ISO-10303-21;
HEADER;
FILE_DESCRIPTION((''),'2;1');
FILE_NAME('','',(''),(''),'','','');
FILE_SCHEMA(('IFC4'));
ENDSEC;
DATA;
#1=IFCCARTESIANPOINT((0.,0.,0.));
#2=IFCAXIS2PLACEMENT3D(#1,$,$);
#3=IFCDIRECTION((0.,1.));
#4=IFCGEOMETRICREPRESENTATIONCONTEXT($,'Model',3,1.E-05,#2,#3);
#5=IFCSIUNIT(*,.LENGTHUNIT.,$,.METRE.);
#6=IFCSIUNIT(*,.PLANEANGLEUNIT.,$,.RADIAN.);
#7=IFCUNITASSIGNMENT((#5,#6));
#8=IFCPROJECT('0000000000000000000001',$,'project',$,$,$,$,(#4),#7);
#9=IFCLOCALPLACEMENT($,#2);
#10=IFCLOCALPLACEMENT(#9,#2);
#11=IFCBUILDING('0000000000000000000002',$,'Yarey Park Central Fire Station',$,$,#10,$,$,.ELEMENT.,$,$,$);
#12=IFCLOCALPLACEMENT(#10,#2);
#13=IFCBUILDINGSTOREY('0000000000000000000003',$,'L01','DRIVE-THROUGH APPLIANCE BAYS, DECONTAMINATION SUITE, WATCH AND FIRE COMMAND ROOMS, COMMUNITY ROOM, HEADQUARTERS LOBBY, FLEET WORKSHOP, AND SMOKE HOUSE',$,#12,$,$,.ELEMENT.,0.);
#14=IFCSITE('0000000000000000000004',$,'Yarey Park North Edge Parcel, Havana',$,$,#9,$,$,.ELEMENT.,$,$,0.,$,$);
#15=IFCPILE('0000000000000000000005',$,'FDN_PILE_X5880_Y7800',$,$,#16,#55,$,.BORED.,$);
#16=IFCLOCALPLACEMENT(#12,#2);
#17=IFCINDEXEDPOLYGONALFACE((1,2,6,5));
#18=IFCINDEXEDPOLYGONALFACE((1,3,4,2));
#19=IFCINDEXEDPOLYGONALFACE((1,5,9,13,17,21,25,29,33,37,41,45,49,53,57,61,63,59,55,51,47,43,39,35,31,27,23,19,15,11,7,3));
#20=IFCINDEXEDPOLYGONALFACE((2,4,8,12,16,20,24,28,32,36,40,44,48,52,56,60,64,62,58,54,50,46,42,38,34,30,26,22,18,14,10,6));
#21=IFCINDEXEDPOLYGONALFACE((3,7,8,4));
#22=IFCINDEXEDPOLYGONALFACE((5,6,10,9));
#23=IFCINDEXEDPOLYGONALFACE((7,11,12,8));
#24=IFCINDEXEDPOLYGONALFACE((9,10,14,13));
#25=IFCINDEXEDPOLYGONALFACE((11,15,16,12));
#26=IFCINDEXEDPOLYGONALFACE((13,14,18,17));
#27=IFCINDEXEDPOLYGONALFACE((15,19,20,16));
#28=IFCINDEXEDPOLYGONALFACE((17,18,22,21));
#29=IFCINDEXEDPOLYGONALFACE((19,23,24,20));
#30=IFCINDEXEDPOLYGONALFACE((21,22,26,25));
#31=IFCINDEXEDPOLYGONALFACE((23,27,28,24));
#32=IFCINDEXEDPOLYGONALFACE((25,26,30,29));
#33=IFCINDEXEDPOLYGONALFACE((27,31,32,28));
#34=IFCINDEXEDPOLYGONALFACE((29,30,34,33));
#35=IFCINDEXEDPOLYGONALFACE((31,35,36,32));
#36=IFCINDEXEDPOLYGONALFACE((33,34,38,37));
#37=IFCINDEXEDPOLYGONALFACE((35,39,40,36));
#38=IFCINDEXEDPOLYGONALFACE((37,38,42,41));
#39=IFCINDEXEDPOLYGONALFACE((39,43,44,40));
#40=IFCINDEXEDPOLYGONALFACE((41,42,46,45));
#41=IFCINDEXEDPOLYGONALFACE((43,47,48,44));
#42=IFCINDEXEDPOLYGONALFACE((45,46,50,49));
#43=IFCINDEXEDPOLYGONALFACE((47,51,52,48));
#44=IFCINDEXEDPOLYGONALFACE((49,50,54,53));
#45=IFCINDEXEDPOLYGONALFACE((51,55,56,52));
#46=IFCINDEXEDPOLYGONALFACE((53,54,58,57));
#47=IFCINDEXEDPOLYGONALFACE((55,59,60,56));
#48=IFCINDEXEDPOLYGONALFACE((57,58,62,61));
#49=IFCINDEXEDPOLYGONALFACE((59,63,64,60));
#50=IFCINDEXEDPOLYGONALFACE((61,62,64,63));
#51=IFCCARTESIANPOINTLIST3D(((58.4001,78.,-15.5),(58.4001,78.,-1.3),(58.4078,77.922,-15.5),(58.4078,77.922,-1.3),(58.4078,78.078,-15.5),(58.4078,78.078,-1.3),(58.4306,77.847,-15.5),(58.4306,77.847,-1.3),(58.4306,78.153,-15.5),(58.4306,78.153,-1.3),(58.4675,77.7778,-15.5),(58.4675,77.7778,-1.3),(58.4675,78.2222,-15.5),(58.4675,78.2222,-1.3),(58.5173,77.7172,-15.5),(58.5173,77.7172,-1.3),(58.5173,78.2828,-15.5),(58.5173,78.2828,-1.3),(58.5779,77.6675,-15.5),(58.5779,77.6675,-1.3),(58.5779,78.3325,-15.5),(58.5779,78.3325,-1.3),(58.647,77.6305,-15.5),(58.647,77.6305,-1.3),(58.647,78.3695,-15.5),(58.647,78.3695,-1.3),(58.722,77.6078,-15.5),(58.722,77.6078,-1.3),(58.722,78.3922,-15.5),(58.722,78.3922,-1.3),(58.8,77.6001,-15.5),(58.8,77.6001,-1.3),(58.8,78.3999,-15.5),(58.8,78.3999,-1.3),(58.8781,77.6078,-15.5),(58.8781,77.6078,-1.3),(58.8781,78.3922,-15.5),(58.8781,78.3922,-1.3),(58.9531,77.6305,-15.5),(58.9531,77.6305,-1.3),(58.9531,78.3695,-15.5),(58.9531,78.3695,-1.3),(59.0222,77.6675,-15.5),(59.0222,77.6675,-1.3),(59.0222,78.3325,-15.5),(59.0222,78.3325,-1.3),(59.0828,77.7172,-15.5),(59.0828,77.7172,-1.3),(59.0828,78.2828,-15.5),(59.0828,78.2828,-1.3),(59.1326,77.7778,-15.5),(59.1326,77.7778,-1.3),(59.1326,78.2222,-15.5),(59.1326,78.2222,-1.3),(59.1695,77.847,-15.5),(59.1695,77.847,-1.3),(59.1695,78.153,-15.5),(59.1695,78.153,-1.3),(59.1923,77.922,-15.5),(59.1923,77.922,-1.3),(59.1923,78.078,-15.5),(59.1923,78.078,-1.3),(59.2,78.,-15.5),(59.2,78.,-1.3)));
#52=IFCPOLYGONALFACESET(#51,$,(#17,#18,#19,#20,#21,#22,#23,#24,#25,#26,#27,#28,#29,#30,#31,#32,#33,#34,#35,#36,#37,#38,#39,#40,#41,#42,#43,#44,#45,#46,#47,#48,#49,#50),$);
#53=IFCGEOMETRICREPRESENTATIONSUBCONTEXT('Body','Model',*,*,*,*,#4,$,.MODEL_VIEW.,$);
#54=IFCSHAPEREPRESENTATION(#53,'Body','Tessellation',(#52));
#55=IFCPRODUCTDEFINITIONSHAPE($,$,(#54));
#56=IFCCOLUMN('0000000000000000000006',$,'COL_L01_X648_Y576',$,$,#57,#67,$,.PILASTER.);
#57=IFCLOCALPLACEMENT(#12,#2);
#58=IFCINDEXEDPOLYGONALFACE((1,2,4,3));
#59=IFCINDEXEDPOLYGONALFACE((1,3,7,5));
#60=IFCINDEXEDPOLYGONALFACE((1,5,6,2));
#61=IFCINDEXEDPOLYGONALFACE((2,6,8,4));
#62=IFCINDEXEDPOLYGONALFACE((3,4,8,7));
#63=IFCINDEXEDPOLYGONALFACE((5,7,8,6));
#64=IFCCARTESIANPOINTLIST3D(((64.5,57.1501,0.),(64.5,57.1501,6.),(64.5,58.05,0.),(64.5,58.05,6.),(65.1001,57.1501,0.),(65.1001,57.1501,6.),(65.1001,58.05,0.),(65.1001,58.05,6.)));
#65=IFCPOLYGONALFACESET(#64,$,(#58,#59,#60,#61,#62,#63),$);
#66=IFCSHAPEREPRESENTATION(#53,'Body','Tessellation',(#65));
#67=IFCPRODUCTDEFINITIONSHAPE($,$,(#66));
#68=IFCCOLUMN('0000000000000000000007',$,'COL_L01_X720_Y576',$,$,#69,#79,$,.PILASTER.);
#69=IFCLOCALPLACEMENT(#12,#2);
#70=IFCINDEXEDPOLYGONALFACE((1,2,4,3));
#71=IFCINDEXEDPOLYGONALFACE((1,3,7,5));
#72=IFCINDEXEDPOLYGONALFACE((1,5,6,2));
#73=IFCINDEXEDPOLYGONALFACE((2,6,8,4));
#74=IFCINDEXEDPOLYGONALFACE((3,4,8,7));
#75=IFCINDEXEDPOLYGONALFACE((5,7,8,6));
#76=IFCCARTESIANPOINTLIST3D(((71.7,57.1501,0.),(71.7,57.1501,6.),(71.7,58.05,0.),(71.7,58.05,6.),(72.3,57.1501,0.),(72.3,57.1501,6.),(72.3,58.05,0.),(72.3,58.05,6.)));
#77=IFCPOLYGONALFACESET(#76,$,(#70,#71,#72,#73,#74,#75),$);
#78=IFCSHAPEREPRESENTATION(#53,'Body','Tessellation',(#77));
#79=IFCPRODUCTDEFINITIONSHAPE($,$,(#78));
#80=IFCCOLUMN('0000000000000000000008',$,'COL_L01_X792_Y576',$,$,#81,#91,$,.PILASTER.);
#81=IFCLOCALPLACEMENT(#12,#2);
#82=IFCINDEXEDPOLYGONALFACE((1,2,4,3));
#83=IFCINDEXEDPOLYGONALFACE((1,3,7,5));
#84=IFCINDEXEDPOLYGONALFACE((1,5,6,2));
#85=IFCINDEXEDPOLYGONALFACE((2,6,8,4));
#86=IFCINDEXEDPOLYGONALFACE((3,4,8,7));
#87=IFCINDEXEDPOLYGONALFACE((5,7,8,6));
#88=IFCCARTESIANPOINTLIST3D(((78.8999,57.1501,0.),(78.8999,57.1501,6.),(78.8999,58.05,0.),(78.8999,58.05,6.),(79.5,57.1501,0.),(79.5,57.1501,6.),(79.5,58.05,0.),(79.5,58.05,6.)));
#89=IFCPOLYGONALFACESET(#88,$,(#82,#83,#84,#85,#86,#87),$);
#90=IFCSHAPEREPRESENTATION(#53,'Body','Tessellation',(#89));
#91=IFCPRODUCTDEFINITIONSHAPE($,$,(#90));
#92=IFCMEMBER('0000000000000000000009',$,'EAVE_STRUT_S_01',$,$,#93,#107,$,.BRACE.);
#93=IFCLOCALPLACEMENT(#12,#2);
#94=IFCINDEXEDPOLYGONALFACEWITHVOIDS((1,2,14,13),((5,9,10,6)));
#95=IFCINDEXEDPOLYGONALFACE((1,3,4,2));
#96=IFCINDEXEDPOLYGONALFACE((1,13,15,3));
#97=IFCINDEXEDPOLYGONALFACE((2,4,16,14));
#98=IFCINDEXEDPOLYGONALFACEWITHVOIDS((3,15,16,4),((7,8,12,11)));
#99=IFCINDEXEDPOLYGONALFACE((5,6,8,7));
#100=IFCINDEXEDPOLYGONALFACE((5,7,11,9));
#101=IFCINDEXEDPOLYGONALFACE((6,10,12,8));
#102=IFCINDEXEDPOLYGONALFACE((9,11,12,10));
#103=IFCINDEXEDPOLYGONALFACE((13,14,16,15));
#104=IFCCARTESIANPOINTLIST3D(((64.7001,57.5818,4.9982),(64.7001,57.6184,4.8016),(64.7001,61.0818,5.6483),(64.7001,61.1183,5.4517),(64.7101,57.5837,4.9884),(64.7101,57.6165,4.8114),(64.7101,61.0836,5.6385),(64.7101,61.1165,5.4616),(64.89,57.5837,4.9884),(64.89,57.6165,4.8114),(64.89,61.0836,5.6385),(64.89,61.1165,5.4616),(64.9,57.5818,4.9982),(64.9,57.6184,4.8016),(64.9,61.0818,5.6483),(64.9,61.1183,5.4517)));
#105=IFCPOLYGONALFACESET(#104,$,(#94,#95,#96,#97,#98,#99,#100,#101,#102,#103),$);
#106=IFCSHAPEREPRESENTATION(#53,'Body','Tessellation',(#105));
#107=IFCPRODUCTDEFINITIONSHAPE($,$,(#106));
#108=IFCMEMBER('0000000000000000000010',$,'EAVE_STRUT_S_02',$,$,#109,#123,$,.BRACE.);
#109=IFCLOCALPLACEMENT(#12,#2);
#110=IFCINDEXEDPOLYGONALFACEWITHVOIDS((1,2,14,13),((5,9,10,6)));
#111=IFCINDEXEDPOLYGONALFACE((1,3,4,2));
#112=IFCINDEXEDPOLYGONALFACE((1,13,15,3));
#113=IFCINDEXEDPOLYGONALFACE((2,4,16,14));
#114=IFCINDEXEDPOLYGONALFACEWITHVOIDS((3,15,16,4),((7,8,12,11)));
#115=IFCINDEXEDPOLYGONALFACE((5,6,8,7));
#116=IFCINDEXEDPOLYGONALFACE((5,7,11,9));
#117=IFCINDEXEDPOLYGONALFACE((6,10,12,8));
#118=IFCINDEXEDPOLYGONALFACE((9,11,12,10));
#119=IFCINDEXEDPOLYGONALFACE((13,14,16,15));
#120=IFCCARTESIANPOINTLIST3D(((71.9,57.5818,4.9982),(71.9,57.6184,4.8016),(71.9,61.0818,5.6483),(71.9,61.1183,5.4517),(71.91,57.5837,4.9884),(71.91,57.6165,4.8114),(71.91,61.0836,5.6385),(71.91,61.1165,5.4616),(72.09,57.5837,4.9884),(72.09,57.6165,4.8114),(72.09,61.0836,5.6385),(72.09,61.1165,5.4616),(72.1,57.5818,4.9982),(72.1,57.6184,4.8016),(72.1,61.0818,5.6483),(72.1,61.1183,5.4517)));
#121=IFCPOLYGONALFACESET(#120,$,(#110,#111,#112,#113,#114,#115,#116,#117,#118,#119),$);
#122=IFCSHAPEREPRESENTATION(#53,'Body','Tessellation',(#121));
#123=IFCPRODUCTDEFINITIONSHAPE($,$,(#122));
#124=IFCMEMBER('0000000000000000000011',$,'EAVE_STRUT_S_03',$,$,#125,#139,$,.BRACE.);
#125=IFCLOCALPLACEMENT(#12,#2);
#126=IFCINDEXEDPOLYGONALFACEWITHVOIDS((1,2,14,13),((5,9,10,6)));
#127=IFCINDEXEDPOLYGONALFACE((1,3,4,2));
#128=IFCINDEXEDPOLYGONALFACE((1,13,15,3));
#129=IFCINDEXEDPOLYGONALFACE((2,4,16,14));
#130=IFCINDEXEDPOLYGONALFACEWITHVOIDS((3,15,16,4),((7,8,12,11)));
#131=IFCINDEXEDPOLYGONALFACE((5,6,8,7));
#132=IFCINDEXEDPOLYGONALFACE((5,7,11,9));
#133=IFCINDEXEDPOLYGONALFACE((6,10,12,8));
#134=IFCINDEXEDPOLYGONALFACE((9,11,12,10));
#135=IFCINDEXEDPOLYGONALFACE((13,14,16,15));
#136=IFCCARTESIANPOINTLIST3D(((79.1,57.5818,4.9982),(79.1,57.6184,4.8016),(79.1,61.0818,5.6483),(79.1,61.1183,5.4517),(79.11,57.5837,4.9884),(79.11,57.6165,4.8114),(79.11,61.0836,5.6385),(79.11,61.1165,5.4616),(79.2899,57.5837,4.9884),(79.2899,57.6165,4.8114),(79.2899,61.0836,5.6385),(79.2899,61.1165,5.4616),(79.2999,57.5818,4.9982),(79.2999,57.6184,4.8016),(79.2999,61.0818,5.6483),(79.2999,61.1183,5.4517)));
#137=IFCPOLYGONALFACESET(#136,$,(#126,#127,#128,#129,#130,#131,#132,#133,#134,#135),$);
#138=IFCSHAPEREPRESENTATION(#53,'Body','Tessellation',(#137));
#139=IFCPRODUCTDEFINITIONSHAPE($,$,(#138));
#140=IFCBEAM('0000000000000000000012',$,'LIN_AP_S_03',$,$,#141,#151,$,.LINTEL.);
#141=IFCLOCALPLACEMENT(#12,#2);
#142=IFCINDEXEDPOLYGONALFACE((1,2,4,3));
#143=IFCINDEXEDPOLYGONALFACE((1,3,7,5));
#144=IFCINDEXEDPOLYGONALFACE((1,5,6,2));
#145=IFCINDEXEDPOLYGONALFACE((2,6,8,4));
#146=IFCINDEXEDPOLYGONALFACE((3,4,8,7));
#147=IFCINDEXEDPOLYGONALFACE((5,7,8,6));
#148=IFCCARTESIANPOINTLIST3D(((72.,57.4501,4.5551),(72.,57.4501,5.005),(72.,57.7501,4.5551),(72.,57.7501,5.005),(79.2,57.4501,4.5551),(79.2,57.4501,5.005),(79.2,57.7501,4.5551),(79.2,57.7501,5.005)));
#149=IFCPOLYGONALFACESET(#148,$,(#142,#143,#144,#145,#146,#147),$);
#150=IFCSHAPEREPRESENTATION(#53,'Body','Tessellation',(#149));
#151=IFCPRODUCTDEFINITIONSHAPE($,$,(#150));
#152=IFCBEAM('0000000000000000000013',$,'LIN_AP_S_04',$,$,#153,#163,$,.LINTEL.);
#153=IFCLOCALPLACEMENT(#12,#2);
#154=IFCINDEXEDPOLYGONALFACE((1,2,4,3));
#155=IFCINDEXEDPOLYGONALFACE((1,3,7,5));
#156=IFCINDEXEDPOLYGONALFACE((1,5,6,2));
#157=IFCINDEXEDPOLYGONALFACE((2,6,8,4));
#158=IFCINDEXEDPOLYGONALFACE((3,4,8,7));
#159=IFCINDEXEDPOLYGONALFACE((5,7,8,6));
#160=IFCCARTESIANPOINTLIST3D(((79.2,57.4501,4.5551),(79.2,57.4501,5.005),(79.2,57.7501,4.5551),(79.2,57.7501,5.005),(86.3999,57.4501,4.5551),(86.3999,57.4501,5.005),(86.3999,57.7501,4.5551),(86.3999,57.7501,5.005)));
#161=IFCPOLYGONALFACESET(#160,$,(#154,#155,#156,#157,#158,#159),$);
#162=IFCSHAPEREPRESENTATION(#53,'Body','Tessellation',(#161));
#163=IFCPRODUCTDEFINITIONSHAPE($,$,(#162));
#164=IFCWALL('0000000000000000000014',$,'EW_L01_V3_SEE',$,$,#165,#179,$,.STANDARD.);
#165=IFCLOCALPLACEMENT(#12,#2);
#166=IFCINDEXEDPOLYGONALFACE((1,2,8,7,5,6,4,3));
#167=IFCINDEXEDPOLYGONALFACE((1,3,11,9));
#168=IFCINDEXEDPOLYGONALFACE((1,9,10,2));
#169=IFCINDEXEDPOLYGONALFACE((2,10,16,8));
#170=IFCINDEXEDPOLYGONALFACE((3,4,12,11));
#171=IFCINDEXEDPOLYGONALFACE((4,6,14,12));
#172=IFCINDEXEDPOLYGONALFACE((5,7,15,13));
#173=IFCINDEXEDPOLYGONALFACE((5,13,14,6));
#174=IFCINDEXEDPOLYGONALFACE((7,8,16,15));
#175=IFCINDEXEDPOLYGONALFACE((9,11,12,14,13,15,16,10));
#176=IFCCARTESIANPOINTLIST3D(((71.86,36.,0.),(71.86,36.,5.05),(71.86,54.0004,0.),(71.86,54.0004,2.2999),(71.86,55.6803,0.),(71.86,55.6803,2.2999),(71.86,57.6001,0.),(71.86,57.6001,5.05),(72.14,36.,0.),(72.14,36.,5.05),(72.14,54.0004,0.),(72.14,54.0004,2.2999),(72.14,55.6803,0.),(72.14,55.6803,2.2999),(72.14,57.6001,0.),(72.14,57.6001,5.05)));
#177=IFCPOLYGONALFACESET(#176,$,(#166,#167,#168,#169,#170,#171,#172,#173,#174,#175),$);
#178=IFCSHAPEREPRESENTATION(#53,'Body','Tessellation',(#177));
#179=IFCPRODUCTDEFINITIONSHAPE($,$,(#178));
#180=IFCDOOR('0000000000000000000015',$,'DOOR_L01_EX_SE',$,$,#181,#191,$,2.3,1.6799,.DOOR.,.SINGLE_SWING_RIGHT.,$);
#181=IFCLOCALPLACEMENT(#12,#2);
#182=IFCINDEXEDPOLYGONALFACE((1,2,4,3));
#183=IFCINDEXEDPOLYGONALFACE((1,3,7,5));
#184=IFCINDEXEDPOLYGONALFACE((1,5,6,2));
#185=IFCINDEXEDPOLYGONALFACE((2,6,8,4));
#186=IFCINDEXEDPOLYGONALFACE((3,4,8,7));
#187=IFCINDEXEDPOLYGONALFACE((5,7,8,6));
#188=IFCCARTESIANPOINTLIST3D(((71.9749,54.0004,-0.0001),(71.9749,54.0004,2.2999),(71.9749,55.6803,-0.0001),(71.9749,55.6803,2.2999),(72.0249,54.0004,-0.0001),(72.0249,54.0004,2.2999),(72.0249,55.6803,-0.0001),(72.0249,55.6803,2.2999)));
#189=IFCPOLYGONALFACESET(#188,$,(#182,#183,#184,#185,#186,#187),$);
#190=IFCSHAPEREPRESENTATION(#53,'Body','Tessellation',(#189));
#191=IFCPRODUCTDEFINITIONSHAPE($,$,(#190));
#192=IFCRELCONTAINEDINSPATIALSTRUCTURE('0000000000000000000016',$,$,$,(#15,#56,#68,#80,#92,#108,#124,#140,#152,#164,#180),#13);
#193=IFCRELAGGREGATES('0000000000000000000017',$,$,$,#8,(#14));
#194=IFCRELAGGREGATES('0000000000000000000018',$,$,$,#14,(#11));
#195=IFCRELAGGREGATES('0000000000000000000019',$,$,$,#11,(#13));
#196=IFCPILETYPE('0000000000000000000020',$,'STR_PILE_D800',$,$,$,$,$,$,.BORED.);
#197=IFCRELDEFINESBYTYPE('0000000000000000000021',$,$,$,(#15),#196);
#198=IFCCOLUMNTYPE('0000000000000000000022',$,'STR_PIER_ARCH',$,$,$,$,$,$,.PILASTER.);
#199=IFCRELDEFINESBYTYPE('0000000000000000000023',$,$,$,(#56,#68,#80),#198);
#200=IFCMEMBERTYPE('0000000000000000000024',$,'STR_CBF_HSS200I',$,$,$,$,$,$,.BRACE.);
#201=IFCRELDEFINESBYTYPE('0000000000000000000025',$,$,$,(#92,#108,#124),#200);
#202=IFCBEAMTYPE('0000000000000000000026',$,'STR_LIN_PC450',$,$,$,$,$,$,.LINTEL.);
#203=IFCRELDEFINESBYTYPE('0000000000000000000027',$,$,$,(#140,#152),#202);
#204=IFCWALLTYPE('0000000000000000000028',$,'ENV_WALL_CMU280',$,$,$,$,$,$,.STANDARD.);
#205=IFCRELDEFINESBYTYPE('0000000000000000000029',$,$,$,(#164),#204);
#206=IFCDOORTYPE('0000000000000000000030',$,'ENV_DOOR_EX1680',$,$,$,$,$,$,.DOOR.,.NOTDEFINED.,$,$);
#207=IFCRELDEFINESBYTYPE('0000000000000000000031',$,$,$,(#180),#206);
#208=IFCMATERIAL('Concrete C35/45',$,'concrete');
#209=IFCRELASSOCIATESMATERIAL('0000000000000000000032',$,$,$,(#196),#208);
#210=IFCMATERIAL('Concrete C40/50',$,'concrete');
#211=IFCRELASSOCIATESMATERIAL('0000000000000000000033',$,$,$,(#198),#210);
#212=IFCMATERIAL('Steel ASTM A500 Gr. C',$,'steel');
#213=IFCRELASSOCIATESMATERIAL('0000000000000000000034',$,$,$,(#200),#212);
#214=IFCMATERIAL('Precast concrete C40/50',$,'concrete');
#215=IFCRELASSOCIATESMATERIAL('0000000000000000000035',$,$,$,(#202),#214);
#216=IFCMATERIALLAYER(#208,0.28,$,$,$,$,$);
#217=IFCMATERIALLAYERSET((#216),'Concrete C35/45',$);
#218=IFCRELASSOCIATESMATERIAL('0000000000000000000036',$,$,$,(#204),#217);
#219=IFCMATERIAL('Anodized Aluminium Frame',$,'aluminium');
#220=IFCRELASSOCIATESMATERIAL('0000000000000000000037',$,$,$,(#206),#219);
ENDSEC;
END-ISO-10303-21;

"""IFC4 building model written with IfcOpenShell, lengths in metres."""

from ifc_helpers import new_model, si_unit, direction, frame, frame_2d, origin, origin_2d, place, context, subcontext, project, spatial, rectangle, hollow_rectangle, circle, extrude, material, layer, layer_set, material_profile, profile_set, type_object, element, fill, save


model = new_model("IFC4")

# Units and contexts
model_context = context("Model", 3, precision=1e-05, world=origin(), true_north=direction((0.0, 1.0)))
body_context = subcontext(model_context, "Body", "Model", "MODEL_VIEW")
ifc_project = project(units=[si_unit("LENGTHUNIT", "METRE"), si_unit("PLANEANGLEUNIT", "RADIAN")], contexts=[model_context])

# Site, building, storey
site_placement = place(None, origin())
site = spatial("IfcSite", under=ifc_project, at=site_placement, Name="Yarey Park North Edge Parcel, Havana", CompositionType="ELEMENT", RefElevation=0.0)
building_placement = place(site_placement, origin())
building = spatial("IfcBuilding", under=site, at=building_placement, Name="Yarey Park Central Fire Station", CompositionType="ELEMENT")
storey_placement = place(building_placement, origin())
storey = spatial("IfcBuildingStorey", under=building, at=storey_placement, Name="L01", Description="DRIVE-THROUGH APPLIANCE BAYS, DECONTAMINATION SUITE, WATCH AND FIRE COMMAND ROOMS, COMMUNITY ROOM, HEADQUARTERS LOBBY, FLEET WORKSHOP, AND SMOKE HOUSE", CompositionType="ELEMENT", Elevation=0.0)

# Shared definitions
ifc_material_1 = material(Name="Concrete C35/45", Category="concrete")

# Pile
ifc_material_profile_1 = material_profile(ifc_material_1, circle(Radius=0.3999, at=origin_2d()), Name="BORED PILE D800")
ifc_profile_set_1 = profile_set([ifc_material_profile_1], Name="Concrete C35/45")
pile_type_1 = type_object("IfcPileType", Name="STR_PILE_D800", PredefinedType="BORED", material=ifc_profile_set_1)
for number, where, z_axis, x_axis, name in (
    (1, (58.8, 78.0, -1.3), (0.0, 0.0, -1.0), (1.0, 0.0, 0.0), "FDN_PILE_X5880_Y7800"),
):
    element("IfcPile", number, at=place(storey_placement, frame(where, z_axis=z_axis, x_axis=x_axis)), inside=storey, type_object=pile_type_1, Name=name, PredefinedType="BORED", context=body_context, shape_type="SweptSolid", body=[
        extrude(circle(Radius=0.3999, at=origin_2d()), origin(), (0.0, 0.0, 1.0), 14.2),
    ])

# Columns
ifc_material_2 = material(Name="Concrete C40/50", Category="concrete")
ifc_material_profile_2 = material_profile(ifc_material_2, rectangle(XDim=0.6001, YDim=0.8999, at=origin_2d()), Name="RC 900x600")
ifc_profile_set_2 = profile_set([ifc_material_profile_2], Name="Concrete C40/50")
column_type = type_object("IfcColumnType", Name="STR_PIER_ARCH", PredefinedType="PILASTER", material=ifc_profile_set_2)
for number, where, z_axis, x_axis, name in (
    (2, (64.8, 57.6001, 0.0), (0.0, 0.0, 1.0), (1.0, 0.0, 0.0), "COL_L01_X648_Y576"),
    (3, (72.0, 57.6001, 0.0), (0.0, 0.0, 1.0), (1.0, 0.0, 0.0), "COL_L01_X720_Y576"),
    (4, (79.2, 57.6001, 0.0), (0.0, 0.0, 1.0), (1.0, 0.0, 0.0), "COL_L01_X792_Y576"),
):
    element("IfcColumn", number, at=place(storey_placement, frame(where, z_axis=z_axis, x_axis=x_axis)), inside=storey, type_object=column_type, Name=name, PredefinedType="PILASTER", context=body_context, shape_type="SweptSolid", body=[
        extrude(rectangle(XDim=0.6001, YDim=0.8999, at=origin_2d()), origin(), (0.0, 0.0, 1.0), 6.0),
    ])

# Members
ifc_material_3 = material(Name="Steel ASTM A500 Gr. C", Category="steel")
ifc_material_profile_3 = material_profile(ifc_material_3, hollow_rectangle(XDim=0.2, YDim=0.2, WallThickness=0.01, at=origin_2d()), Name="HSS 200x200x10")
ifc_profile_set_3 = profile_set([ifc_material_profile_3], Name="Steel ASTM A500 Gr. C")
member_type = type_object("IfcMemberType", Name="STR_CBF_HSS200I", PredefinedType="BRACE", material=ifc_profile_set_3)
for number, where, z_axis, x_axis, name in (
    (5, (64.8, 57.6001, 4.8999), (0.0, 0.983181, 0.182632), (-1.0, 0.0, 0.0), "EAVE_STRUT_S_01"),
    (6, (72.0, 57.6001, 4.8999), (0.0, 0.983181, 0.182632), (-1.0, 0.0, 0.0), "EAVE_STRUT_S_02"),
    (7, (79.2, 57.6001, 4.8999), (0.0, 0.983181, 0.182632), (-1.0, 0.0, 0.0), "EAVE_STRUT_S_03"),
):
    element("IfcMember", number, at=place(storey_placement, frame(where, z_axis=z_axis, x_axis=x_axis)), inside=storey, type_object=member_type, Name=name, PredefinedType="BRACE", context=body_context, shape_type="SweptSolid", body=[
        extrude(hollow_rectangle(XDim=0.2, YDim=0.2, WallThickness=0.01, at=origin_2d()), origin(), (0.0, 0.0, 1.0), 3.5598),
    ])

# Beams
ifc_material_4 = material(Name="Precast concrete C40/50", Category="concrete")
ifc_material_profile_4 = material_profile(ifc_material_4, rectangle(XDim=0.3, YDim=0.45, at=origin_2d()), Name="PC 300x450")
ifc_profile_set_4 = profile_set([ifc_material_profile_4], Name="Precast concrete C40/50")
beam_type = type_object("IfcBeamType", Name="STR_LIN_PC450", PredefinedType="LINTEL", material=ifc_profile_set_4)
for number, where, z_axis, x_axis, name in (
    (8, (72.0, 57.6001, 4.78), (1.0, 0.0, 0.0), (0.0, 1.0, 0.0), "LIN_AP_S_03"),
    (9, (79.2, 57.6001, 4.78), (1.0, 0.0, 0.0), (0.0, 1.0, 0.0), "LIN_AP_S_04"),
):
    element("IfcBeam", number, at=place(storey_placement, frame(where, z_axis=z_axis, x_axis=x_axis)), inside=storey, type_object=beam_type, Name=name, PredefinedType="LINTEL", context=body_context, shape_type="SweptSolid", body=[
        extrude(rectangle(XDim=0.3, YDim=0.45, at=origin_2d()), origin(), (0.0, 0.0, 1.0), 7.2),
    ])

# Wall, opening, door
ifc_layer_1 = layer(ifc_material_1, 0.28)
ifc_layer_set_1 = layer_set([ifc_layer_1], Name="Concrete C35/45")
wall_type_1 = type_object("IfcWallType", Name="ENV_WALL_CMU280", PredefinedType="STANDARD", material=ifc_layer_set_1)
wall_1_placement = place(storey_placement, frame((72.0, 57.6001, 0.0), z_axis=(0.0, 0.0, 1.0), x_axis=(0.0, -1.0, 0.0)))
wall_1 = element("IfcWall", 10, at=wall_1_placement, inside=storey, type_object=wall_type_1, Name="EW_L01_V3_SEE", PredefinedType="STANDARD", context=body_context, shape_type="SweptSolid", body=[
    extrude(rectangle(XDim=21.6001, YDim=0.28, at=frame_2d((10.8, 0.0))), origin(), (0.0, 0.0, 1.0), 5.05),
])
opening_1_placement = place(wall_1_placement, frame((1.9199, 0.0, 0.0)))
opening_1 = element("IfcOpeningElement", 11, at=opening_1_placement, cuts=wall_1, PredefinedType="OPENING", context=body_context, shape_type="SweptSolid", body=[
    extrude(rectangle(XDim=1.6799, YDim=2.3, at=frame_2d((0.8398, 1.1499))), frame((0.0, 0.1499, 0.0), z_axis=(0.0, -1.0, 0.0), x_axis=(1.0, 0.0, 0.0)), (0.0, 0.0, 1.0), 0.3),
])
ifc_material_5 = material(Name="Anodized Aluminium Frame", Category="aluminium")
door_type_1 = type_object("IfcDoorType", Name="ENV_DOOR_EX1680", OperationType="NOTDEFINED", PredefinedType="DOOR", material=ifc_material_5)
door_1_placement = place(opening_1_placement, origin())
door_1 = element("IfcDoor", 12, at=door_1_placement, inside=storey, type_object=door_type_1, Name="DOOR_L01_EX_SE", OperationType="SINGLE_SWING_RIGHT", OverallHeight=2.3, OverallWidth=1.6799, PredefinedType="DOOR", context=body_context, shape_type="SweptSolid", body=[
    extrude(rectangle(XDim=1.6799, YDim=2.3, at=frame_2d((0.8398, 1.1499))), frame((0.0, 0.0249, 0.0), z_axis=(0.0, -1.0, 0.0), x_axis=(1.0, 0.0, 0.0)), (0.0, 0.0, 1.0), 0.05),
])
fill(opening_1, door_1)

save(model, "model.ifc")
